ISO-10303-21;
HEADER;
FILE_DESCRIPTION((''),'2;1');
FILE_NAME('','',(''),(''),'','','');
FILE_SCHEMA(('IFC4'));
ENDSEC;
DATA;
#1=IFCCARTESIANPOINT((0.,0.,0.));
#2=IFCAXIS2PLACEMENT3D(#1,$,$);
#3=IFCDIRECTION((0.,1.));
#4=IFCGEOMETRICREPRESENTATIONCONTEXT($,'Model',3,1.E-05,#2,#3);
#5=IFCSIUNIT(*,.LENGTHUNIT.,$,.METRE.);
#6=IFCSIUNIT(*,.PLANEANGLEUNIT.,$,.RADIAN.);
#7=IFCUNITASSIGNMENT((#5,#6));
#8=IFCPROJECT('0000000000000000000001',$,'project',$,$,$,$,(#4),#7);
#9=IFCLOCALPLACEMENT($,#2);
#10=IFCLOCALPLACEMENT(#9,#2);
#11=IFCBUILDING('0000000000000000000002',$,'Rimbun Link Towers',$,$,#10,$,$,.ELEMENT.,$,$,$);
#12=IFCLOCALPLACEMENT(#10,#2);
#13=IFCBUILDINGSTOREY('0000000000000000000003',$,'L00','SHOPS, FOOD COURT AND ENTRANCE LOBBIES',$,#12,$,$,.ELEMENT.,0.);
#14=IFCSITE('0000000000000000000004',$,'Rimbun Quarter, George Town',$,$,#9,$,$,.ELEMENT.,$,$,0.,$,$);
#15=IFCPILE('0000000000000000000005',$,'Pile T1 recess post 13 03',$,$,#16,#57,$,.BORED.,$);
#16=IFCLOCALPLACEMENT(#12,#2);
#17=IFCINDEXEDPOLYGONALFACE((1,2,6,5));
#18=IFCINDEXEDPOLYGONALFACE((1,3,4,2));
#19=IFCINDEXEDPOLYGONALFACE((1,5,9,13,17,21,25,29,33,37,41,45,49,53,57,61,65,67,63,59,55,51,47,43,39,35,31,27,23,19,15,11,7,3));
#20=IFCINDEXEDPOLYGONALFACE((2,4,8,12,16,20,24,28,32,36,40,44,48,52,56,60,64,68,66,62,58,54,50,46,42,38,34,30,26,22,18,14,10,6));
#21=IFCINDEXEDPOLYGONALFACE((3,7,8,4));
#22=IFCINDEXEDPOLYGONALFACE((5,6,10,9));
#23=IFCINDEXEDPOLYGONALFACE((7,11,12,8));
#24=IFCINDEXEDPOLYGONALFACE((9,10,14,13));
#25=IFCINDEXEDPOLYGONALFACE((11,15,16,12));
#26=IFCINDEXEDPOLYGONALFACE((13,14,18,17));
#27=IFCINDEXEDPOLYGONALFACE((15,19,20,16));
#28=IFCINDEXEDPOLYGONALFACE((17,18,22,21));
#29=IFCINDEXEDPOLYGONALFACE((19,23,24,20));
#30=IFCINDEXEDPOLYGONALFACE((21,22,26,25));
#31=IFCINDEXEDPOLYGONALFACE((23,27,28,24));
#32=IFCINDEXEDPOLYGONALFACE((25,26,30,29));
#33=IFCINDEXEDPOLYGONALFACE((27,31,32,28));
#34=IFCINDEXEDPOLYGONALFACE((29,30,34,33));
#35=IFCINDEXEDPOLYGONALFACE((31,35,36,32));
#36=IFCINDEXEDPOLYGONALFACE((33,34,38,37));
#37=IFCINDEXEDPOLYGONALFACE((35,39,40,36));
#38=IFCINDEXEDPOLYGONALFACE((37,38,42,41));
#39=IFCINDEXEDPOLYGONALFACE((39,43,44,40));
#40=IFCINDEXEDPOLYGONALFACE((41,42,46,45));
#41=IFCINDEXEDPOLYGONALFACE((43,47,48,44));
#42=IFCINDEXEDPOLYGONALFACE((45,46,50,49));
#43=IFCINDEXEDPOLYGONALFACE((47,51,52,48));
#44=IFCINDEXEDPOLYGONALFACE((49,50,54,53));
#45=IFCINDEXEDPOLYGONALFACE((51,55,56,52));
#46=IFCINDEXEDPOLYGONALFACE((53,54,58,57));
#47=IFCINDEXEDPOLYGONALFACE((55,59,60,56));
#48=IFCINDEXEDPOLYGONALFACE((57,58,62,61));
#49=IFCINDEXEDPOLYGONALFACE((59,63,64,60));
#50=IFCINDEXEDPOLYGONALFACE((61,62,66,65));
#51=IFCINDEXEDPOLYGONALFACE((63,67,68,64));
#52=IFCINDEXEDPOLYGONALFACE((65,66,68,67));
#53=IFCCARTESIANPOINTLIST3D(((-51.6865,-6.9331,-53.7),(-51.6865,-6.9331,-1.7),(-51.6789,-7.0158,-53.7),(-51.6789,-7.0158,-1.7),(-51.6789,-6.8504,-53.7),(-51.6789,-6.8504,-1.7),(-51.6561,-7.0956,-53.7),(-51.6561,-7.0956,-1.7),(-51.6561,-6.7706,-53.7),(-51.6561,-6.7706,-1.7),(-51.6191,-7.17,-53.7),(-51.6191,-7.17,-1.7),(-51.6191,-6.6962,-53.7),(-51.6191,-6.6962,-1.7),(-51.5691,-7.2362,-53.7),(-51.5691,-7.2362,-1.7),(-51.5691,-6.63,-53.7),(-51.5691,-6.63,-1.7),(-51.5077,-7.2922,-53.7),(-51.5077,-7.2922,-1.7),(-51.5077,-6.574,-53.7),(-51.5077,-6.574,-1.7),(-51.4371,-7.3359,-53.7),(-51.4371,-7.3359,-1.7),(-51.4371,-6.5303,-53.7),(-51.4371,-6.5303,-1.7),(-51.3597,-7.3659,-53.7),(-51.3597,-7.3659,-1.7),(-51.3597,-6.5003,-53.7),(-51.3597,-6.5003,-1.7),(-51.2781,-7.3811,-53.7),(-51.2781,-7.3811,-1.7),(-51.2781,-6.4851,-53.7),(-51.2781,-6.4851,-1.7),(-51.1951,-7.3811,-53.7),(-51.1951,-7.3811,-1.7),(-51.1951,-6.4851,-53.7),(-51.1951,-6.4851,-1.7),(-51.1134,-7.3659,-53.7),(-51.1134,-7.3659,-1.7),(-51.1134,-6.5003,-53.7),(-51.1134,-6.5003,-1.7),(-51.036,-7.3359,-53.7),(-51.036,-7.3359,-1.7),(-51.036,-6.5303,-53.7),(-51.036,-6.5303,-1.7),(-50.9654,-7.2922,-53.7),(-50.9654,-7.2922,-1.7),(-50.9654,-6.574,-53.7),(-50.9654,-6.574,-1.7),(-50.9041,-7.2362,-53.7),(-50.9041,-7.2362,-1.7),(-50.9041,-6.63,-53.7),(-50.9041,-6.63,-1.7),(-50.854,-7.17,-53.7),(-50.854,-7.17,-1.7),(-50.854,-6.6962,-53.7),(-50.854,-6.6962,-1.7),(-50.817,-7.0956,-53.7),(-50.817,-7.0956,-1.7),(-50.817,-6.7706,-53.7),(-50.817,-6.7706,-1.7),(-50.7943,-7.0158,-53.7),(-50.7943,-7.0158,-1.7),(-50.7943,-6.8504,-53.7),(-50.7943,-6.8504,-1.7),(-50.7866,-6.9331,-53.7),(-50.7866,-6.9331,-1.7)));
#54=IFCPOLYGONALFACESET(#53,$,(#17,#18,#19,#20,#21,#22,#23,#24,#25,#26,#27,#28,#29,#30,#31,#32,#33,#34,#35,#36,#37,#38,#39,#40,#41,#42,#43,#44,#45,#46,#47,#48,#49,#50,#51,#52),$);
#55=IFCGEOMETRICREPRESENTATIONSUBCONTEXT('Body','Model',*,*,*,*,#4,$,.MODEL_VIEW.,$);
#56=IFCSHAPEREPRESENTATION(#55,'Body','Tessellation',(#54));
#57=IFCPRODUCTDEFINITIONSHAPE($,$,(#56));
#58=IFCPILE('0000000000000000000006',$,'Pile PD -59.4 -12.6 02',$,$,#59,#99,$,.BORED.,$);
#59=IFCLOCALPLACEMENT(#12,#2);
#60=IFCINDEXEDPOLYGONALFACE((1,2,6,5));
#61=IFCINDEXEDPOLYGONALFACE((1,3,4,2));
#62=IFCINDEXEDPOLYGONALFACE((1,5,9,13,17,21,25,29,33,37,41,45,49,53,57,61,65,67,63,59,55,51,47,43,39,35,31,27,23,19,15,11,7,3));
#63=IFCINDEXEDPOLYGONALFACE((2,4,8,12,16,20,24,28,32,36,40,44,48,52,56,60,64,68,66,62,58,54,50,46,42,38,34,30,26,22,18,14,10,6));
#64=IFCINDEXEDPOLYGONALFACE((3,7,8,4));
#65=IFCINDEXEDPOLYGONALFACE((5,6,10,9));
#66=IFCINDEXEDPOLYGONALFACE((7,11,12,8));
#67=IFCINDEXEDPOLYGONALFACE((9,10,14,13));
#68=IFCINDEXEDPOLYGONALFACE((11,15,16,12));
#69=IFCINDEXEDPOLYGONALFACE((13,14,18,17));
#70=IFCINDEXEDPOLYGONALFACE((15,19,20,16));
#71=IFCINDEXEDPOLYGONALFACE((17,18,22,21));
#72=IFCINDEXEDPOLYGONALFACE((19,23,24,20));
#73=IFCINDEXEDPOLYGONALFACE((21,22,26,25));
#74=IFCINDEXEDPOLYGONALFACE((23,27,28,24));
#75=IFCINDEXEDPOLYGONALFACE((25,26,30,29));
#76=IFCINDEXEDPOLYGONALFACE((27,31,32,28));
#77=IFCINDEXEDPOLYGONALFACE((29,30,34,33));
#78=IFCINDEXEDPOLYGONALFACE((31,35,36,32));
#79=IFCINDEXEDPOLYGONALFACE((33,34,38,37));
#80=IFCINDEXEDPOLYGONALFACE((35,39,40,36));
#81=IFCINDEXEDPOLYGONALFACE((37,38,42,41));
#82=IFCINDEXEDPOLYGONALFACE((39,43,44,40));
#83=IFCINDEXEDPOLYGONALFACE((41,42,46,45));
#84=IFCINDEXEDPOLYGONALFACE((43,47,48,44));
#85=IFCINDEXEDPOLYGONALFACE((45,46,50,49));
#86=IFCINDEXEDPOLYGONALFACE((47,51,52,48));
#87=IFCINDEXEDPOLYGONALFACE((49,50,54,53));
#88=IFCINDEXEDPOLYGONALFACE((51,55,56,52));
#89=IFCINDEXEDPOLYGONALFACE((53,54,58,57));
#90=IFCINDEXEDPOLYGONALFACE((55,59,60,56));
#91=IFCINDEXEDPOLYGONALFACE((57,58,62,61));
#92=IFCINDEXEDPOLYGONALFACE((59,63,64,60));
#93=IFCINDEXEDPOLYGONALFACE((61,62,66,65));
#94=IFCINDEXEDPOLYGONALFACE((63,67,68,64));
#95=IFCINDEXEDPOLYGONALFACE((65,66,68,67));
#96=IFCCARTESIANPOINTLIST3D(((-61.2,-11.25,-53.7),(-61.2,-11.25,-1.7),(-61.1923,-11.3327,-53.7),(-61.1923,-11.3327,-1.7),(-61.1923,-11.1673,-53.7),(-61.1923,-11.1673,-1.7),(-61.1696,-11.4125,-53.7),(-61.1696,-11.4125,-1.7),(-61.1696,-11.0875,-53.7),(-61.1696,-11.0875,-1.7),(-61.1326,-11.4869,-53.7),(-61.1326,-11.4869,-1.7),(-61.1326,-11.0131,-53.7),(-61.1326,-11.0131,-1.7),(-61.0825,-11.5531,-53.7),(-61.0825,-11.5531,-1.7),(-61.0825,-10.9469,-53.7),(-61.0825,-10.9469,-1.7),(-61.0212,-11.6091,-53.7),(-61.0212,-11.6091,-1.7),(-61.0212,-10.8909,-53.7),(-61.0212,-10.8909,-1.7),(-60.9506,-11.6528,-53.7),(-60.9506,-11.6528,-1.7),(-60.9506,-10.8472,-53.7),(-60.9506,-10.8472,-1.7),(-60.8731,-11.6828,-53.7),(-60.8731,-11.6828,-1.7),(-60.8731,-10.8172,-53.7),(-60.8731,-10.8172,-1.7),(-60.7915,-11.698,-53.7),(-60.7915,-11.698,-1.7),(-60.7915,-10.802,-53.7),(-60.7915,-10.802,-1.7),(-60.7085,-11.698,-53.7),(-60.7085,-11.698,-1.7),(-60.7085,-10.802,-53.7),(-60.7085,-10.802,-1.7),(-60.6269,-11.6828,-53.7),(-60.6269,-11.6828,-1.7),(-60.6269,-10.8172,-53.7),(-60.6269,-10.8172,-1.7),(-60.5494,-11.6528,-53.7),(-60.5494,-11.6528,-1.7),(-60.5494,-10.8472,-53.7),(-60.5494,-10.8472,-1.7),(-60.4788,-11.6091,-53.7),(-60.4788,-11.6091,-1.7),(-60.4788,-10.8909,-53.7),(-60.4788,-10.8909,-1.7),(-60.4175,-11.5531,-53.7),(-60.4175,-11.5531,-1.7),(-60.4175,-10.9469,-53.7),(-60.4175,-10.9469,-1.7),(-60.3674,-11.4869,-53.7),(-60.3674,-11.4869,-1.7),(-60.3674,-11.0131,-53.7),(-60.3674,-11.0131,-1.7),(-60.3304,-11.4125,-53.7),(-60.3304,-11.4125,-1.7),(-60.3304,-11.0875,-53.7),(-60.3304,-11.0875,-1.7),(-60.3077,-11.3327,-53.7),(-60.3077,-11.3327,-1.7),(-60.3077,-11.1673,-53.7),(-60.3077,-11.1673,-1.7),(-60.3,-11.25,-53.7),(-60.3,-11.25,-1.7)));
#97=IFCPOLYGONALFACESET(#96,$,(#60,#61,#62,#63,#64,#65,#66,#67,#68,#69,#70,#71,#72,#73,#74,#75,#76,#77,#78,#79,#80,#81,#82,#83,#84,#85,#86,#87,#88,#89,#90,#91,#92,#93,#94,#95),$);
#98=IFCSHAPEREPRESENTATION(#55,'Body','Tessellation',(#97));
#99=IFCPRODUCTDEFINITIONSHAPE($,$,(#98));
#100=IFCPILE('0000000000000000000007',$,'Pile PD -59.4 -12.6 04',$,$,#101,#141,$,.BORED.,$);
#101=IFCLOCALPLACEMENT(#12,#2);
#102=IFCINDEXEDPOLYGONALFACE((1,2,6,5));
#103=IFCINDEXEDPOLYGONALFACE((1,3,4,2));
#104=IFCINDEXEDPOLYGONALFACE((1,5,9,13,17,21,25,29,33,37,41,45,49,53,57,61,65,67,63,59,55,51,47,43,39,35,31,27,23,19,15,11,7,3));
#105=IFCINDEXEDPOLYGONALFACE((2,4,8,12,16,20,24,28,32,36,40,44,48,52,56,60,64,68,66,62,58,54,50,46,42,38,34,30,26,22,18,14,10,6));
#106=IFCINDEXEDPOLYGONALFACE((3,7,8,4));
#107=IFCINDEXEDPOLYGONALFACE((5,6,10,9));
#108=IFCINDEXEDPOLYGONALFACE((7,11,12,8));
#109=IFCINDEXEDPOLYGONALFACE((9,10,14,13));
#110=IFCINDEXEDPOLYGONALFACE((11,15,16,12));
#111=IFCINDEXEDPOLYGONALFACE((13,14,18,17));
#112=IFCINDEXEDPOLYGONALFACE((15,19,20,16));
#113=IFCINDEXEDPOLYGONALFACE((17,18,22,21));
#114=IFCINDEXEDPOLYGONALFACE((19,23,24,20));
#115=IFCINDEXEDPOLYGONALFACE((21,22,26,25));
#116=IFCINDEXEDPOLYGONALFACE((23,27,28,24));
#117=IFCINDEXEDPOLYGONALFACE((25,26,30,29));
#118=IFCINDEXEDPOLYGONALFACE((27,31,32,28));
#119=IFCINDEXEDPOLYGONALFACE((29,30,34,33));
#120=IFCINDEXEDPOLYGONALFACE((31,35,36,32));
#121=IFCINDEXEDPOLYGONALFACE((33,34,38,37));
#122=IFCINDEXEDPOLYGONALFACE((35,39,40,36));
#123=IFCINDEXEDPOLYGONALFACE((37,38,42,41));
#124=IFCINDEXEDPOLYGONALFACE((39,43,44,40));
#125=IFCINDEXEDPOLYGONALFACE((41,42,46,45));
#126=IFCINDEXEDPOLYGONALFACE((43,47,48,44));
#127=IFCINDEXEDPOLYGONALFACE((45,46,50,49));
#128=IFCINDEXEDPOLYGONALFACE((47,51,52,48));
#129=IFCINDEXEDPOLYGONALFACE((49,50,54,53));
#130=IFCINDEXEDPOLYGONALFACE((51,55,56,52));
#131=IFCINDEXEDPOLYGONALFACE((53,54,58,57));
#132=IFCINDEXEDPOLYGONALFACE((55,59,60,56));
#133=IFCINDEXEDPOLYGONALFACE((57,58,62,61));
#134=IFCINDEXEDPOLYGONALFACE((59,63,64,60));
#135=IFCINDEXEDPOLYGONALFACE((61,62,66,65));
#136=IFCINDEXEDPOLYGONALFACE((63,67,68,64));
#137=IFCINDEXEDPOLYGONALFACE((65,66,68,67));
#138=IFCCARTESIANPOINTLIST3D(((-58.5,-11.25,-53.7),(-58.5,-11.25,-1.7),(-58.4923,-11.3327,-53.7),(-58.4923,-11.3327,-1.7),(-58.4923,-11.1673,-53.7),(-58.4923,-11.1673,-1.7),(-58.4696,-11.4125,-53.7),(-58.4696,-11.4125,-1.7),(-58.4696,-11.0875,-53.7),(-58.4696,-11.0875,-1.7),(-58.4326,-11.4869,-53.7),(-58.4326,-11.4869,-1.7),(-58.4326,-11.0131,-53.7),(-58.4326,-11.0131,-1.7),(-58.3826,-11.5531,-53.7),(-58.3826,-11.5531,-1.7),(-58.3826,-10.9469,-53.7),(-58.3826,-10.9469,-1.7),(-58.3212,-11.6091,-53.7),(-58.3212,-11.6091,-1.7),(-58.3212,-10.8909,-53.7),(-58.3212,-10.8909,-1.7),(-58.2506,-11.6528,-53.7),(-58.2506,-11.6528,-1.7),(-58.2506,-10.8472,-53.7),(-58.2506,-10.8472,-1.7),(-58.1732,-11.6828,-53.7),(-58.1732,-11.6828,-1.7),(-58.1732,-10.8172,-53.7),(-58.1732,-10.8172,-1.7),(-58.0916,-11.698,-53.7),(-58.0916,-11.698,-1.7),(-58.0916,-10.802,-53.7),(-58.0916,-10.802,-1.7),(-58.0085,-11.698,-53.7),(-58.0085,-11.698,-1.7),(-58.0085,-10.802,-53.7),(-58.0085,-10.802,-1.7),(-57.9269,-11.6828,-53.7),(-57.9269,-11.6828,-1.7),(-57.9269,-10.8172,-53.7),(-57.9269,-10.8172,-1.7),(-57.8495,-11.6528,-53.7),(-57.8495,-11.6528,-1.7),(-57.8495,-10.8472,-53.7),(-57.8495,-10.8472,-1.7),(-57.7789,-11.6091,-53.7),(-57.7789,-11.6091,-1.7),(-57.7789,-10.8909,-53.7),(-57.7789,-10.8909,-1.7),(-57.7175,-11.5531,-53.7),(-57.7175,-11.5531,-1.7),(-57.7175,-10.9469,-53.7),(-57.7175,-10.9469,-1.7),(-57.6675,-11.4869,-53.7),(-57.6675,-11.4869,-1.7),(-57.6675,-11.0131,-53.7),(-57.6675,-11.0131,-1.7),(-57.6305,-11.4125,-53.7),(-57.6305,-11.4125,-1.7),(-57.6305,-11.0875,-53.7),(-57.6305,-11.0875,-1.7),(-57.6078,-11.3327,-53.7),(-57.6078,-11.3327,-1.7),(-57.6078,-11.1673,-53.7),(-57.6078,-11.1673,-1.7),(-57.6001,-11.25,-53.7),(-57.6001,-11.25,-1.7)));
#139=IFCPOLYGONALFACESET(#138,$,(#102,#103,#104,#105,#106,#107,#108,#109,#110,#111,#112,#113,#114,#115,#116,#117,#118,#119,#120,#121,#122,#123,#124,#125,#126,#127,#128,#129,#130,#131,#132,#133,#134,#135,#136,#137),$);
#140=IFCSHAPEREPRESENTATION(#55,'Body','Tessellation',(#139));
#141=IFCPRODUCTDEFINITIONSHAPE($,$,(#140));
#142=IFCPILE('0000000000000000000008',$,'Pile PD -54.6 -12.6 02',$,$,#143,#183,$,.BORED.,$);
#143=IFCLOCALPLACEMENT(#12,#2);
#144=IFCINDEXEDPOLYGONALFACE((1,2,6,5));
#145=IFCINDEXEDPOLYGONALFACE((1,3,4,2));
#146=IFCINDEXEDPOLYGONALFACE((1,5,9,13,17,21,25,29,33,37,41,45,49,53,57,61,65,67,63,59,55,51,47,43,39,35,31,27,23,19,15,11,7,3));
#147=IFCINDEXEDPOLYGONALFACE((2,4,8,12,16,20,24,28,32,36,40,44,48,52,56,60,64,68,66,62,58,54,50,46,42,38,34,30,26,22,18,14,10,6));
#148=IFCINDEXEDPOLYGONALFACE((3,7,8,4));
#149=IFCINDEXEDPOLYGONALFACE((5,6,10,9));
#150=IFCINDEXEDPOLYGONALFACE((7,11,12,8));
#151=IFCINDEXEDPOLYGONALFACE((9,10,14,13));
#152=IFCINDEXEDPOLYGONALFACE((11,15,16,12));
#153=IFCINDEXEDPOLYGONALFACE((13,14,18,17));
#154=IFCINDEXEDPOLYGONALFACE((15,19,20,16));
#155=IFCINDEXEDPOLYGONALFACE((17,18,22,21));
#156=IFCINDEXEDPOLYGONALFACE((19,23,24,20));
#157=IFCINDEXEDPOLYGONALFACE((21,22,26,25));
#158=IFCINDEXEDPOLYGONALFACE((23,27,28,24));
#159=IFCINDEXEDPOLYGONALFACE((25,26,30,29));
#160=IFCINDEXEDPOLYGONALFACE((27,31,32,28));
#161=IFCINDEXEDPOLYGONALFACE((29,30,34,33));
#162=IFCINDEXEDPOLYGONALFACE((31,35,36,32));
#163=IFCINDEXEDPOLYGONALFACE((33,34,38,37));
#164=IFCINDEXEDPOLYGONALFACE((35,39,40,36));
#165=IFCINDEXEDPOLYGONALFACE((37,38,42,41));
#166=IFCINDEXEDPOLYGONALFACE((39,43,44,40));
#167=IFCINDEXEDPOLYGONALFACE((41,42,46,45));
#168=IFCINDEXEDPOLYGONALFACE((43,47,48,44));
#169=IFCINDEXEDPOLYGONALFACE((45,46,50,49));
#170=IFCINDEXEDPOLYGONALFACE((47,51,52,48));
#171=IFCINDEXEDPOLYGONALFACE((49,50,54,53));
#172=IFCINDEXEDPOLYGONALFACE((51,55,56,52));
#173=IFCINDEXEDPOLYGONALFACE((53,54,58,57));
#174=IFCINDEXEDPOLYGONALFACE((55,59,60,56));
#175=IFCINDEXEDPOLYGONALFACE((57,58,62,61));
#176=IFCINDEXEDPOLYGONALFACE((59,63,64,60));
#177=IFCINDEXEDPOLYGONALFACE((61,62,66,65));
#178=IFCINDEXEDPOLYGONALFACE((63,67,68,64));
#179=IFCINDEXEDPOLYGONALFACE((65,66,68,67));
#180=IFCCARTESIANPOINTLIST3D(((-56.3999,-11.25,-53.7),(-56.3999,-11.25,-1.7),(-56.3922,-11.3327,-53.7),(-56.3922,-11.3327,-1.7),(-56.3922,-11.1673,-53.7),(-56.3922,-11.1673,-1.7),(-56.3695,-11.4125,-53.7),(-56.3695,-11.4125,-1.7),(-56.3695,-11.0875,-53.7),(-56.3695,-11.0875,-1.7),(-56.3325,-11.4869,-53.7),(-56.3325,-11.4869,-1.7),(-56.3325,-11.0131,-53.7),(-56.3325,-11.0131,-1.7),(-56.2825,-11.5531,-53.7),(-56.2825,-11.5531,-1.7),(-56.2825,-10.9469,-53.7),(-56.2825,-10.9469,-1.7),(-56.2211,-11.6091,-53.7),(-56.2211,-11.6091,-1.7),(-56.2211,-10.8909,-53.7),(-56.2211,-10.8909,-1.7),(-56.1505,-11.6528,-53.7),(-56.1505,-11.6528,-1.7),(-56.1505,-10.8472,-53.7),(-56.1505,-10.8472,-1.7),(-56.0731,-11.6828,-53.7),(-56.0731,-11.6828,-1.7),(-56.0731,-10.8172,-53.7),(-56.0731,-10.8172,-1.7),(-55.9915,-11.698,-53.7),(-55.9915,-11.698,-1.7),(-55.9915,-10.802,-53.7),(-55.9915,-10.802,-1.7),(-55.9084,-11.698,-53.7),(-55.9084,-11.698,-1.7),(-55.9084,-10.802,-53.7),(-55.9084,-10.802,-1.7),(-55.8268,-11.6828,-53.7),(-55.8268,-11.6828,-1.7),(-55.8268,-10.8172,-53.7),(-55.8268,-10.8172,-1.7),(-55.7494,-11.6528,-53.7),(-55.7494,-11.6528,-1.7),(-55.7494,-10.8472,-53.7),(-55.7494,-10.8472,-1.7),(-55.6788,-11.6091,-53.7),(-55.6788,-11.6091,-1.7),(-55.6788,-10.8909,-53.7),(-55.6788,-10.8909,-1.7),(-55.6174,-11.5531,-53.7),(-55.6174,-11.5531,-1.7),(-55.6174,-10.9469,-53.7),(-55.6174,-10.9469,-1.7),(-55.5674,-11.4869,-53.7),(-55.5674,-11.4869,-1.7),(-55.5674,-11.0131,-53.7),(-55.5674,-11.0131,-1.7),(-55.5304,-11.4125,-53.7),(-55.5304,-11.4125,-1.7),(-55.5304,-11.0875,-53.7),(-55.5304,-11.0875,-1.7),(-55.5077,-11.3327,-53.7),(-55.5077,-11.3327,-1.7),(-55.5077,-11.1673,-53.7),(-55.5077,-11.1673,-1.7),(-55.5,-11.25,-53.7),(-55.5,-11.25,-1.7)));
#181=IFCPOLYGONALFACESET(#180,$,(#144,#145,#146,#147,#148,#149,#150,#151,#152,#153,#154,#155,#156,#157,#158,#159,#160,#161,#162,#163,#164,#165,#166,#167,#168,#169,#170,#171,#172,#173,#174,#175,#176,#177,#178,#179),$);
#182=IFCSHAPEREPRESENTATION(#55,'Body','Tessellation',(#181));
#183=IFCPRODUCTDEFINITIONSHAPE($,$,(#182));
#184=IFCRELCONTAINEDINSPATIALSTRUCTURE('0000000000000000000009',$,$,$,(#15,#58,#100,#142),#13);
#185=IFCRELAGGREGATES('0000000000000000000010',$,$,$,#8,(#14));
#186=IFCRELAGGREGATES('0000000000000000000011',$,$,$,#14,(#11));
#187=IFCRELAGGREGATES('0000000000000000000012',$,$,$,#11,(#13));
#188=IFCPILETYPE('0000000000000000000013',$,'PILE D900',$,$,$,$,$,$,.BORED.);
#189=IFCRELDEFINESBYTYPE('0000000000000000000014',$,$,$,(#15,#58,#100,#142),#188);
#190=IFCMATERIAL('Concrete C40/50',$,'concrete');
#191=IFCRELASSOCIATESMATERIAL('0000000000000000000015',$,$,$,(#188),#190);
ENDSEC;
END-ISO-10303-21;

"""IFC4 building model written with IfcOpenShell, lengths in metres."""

from ifc_helpers import new_model, si_unit, direction, frame, origin, origin_2d, place, context, subcontext, project, spatial, circle, extrude, material, material_profile, profile_set, type_object, element, save


model = new_model("IFC4")

# Units and contexts
model_context = context("Model", 3, precision=1e-05, world=origin(), true_north=direction((0.0, 1.0)))
body_context = subcontext(model_context, "Body", "Model", "MODEL_VIEW")
ifc_project = project(units=[si_unit("LENGTHUNIT", "METRE"), si_unit("PLANEANGLEUNIT", "RADIAN")], contexts=[model_context])

# Site, building, storey
site_placement = place(None, origin())
site = spatial("IfcSite", under=ifc_project, at=site_placement, Name="Rimbun Quarter, George Town", CompositionType="ELEMENT", RefElevation=0.0)
building_placement = place(site_placement, origin())
building = spatial("IfcBuilding", under=site, at=building_placement, Name="Rimbun Link Towers", CompositionType="ELEMENT")
storey_placement = place(building_placement, origin())
storey = spatial("IfcBuildingStorey", under=building, at=storey_placement, Name="L00", Description="SHOPS, FOOD COURT AND ENTRANCE LOBBIES", CompositionType="ELEMENT", Elevation=0.0)

# Piles
ifc_material_1 = material(Name="Concrete C40/50", Category="concrete")
ifc_material_profile_1 = material_profile(ifc_material_1, circle(Radius=0.45, at=origin_2d()), Name="PILE D900")
ifc_profile_set_1 = profile_set([ifc_material_profile_1], Name="Concrete C40/50")
pile_type = type_object("IfcPileType", Name="PILE D900", PredefinedType="BORED", material=ifc_profile_set_1)
for number, where, z_axis, x_axis, name in (
    (1, (-51.2366, -6.9331, -1.7), (0.0, 0.0, -1.0), (1.0, 0.0, 0.0), "Pile T1 recess post 13 03"),
    (2, (-60.75, -11.25, -1.7), (0.0, 0.0, -1.0), (1.0, 0.0, 0.0), "Pile PD -59.4 -12.6 02"),
    (3, (-58.05, -11.25, -1.7), (0.0, 0.0, -1.0), (1.0, 0.0, 0.0), "Pile PD -59.4 -12.6 04"),
    (4, (-55.95, -11.25, -1.7), (0.0, 0.0, -1.0), (1.0, 0.0, 0.0), "Pile PD -54.6 -12.6 02"),
):
    element("IfcPile", number, at=place(storey_placement, frame(where, z_axis=z_axis, x_axis=x_axis)), inside=storey, type_object=pile_type, Name=name, PredefinedType="BORED", context=body_context, shape_type="SweptSolid", body=[
        extrude(circle(Radius=0.45, at=origin_2d()), origin(), (0.0, 0.0, 1.0), 52.0),
    ])

save(model, "model.ifc")
